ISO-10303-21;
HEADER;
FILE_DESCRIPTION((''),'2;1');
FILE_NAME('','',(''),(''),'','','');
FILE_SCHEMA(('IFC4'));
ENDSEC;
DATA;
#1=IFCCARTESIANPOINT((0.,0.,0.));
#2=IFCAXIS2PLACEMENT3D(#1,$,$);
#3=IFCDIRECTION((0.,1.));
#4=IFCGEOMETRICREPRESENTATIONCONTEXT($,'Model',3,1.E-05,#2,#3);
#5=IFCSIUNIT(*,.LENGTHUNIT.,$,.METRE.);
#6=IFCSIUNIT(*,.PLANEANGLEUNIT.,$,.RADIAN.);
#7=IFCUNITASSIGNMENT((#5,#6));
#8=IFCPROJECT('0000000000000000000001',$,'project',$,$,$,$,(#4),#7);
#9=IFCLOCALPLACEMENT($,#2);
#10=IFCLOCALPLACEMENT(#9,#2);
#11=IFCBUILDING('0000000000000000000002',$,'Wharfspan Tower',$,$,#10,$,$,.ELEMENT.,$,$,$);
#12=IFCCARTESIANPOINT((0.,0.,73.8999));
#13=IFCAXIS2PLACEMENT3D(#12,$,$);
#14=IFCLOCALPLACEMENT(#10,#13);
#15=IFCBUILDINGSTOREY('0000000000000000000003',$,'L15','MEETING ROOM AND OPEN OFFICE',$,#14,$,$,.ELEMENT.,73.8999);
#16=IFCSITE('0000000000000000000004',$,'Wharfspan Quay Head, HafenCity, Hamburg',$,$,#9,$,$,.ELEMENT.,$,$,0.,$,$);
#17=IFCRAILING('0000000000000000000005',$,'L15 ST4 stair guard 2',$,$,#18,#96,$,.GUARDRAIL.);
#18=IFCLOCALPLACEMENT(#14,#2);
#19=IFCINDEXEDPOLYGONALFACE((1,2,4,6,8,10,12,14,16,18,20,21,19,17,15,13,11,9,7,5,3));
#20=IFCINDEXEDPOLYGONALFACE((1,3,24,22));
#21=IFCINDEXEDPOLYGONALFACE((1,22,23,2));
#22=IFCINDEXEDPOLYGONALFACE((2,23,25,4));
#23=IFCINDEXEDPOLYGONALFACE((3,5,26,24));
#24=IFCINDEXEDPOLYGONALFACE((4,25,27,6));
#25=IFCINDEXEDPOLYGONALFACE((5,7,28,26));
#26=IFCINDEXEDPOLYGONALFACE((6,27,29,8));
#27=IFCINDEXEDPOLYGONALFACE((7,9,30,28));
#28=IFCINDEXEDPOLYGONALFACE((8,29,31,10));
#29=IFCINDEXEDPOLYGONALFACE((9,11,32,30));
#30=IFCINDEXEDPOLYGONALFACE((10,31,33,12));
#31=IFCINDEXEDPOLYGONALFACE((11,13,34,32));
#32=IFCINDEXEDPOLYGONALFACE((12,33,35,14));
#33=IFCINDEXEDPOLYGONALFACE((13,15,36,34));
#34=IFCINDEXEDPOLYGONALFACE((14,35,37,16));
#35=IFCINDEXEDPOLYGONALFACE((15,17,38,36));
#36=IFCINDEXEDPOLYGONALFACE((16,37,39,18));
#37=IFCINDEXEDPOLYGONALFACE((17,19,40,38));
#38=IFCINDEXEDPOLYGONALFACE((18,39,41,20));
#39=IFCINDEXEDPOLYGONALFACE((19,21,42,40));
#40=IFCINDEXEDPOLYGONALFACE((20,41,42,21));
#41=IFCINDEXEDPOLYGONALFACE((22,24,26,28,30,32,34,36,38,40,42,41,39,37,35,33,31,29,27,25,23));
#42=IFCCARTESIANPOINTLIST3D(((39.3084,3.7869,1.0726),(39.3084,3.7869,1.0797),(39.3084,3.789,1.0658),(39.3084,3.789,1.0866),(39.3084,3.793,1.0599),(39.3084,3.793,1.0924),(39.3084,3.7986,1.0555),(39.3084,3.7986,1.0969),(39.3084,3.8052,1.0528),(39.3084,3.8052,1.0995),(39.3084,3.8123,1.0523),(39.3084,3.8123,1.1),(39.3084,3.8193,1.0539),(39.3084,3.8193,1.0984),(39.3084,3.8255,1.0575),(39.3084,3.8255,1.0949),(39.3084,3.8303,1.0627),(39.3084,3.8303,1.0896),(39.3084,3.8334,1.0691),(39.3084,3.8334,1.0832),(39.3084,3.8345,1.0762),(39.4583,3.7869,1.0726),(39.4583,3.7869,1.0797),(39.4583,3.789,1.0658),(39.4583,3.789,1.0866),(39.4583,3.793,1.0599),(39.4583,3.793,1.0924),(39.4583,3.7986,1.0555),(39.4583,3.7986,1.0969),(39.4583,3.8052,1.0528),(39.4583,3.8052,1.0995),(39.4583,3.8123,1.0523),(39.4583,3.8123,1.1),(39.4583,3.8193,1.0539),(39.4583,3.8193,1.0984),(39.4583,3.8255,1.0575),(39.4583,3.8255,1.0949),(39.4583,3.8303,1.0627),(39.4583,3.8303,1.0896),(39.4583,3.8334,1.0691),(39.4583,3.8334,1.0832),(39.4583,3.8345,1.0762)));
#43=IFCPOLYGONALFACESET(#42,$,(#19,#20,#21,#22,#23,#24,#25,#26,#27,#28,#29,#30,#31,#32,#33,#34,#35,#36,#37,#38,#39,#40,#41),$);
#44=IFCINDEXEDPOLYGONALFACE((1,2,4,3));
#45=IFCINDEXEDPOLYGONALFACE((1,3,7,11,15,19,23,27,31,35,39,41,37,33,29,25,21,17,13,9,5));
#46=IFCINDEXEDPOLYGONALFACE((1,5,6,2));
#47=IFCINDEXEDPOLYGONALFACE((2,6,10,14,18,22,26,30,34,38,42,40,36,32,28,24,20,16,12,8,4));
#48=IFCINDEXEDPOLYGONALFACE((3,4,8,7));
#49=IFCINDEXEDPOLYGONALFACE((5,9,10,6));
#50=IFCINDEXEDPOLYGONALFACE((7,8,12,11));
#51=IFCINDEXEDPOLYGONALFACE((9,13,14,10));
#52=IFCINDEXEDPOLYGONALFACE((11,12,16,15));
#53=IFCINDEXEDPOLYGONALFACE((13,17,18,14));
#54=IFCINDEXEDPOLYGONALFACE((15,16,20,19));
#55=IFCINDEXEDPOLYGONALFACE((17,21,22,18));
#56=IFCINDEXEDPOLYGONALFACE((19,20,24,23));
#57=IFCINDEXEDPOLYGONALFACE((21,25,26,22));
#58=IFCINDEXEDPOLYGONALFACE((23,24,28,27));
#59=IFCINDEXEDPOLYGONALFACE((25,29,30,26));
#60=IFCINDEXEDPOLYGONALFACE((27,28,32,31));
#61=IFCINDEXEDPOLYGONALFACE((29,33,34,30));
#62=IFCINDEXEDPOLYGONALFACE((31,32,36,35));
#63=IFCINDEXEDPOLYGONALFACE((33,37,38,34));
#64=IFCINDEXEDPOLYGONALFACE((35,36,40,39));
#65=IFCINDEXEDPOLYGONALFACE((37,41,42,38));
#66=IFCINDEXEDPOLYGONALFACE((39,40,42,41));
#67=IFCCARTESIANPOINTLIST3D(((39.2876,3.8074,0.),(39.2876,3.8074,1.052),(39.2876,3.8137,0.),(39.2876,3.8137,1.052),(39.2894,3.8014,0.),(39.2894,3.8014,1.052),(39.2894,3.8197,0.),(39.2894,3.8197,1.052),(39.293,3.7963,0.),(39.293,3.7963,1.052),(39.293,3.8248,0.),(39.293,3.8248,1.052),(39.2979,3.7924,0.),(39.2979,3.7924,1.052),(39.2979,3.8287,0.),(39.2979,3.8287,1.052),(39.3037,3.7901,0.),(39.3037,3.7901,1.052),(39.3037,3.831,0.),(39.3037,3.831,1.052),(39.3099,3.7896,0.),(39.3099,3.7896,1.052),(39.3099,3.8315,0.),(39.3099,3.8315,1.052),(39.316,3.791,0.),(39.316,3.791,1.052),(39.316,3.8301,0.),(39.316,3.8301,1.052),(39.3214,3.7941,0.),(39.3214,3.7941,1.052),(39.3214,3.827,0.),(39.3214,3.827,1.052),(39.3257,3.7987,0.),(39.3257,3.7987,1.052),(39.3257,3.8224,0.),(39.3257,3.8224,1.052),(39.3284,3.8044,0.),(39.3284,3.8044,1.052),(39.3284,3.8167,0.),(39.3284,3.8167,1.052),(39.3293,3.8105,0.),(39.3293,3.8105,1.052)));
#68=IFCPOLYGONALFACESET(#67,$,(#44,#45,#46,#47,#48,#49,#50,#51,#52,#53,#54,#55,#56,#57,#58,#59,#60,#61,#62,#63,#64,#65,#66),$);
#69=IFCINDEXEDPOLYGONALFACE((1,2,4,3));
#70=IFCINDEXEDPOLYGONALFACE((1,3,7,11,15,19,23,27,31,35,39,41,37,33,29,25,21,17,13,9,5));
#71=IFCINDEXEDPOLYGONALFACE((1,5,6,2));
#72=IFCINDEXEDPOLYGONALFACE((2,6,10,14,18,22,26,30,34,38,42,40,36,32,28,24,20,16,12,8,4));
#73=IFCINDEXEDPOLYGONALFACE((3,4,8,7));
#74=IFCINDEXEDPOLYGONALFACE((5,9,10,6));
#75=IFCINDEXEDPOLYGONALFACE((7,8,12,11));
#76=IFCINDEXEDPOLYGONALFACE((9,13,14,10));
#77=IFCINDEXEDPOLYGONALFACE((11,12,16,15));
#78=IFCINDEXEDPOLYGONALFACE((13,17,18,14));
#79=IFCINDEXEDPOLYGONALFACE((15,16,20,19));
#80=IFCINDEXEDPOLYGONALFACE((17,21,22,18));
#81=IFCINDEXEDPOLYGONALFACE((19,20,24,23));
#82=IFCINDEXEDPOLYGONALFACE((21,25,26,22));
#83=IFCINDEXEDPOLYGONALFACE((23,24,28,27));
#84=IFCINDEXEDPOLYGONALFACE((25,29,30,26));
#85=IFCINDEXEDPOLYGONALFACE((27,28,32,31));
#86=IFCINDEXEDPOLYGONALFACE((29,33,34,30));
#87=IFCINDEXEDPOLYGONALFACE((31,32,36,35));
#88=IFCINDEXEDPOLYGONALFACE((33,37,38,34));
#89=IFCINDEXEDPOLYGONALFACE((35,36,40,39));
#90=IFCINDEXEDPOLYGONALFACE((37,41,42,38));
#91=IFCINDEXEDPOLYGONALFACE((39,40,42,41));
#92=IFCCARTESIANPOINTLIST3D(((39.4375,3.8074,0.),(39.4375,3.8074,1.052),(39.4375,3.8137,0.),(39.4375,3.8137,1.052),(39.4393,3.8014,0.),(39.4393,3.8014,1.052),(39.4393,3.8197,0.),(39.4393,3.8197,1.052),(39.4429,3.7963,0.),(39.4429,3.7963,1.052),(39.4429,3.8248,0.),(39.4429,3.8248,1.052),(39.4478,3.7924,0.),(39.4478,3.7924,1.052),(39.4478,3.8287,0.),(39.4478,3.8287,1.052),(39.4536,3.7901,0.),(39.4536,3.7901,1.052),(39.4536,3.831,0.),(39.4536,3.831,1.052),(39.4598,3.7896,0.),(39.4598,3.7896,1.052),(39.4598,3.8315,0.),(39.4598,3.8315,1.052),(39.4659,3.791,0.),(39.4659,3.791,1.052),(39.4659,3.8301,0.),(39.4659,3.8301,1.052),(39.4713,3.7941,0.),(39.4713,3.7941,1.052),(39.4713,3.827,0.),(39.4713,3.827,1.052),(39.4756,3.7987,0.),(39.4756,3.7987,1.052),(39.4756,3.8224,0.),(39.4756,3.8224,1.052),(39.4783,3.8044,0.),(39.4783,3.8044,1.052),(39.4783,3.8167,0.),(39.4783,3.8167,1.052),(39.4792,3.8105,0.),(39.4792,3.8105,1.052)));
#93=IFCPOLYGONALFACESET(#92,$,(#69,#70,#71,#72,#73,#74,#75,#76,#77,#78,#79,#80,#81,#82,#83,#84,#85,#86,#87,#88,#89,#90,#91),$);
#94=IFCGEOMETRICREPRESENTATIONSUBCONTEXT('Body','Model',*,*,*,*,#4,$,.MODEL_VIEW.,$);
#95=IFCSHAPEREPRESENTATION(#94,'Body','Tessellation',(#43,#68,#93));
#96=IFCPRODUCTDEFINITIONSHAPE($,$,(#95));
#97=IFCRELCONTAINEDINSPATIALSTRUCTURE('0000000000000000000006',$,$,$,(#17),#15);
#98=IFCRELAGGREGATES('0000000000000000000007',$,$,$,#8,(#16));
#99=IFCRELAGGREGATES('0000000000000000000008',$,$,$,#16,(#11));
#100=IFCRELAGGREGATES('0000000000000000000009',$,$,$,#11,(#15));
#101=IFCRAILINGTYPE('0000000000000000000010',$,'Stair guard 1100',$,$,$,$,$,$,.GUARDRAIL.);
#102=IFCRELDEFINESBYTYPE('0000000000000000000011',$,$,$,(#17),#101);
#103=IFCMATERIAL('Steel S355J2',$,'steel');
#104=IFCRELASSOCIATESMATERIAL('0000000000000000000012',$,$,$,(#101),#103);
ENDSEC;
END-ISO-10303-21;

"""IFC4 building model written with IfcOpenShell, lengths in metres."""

from ifc_helpers import new_model, si_unit, direction, frame, origin, origin_2d, place, context, subcontext, project, spatial, circle, extrude, material, type_object, element, save


model = new_model("IFC4")

# Units and contexts
model_context = context("Model", 3, precision=1e-05, world=origin(), true_north=direction((0.0, 1.0)))
body_context = subcontext(model_context, "Body", "Model", "MODEL_VIEW")
ifc_project = project(units=[si_unit("LENGTHUNIT", "METRE"), si_unit("PLANEANGLEUNIT", "RADIAN")], contexts=[model_context])

# Site, building, storey
site_placement = place(None, origin())
site = spatial("IfcSite", under=ifc_project, at=site_placement, Name="Wharfspan Quay Head, HafenCity, Hamburg", CompositionType="ELEMENT", RefElevation=0.0)
building_placement = place(site_placement, origin())
building = spatial("IfcBuilding", under=site, at=building_placement, Name="Wharfspan Tower", CompositionType="ELEMENT")
storey_placement = place(building_placement, frame((0.0, 0.0, 73.8999)))
storey = spatial("IfcBuildingStorey", under=building, at=storey_placement, Name="L15", Description="MEETING ROOM AND OPEN OFFICE", CompositionType="ELEMENT", Elevation=73.8999)

# Railing
ifc_material_1 = material(Name="Steel S355J2", Category="steel")
railing_type_1 = type_object("IfcRailingType", Name="Stair guard 1100", PredefinedType="GUARDRAIL", material=ifc_material_1)
railing_1_placement = place(storey_placement, frame((39.3083, 3.8105, 0.0)))
element("IfcRailing", 1, at=railing_1_placement, inside=storey, type_object=railing_type_1, Name="L15 ST4 stair guard 2", PredefinedType="GUARDRAIL", context=body_context, shape_type="SweptSolid", body=[
    extrude(circle(Radius=0.0239, at=origin_2d()), frame((0.0, 0.0, 1.0762), z_axis=(1.0, 0.0, 0.0), x_axis=(0.0, 1.0, 0.0)), (0.0, 0.0, 1.0), 0.1499),
    extrude(circle(Radius=0.021, at=origin_2d()), origin(), (0.0, 0.0, 1.0), 1.052),
    extrude(circle(Radius=0.021, at=origin_2d()), frame((0.1499, 0.0, 0.0)), (0.0, 0.0, 1.0), 1.052),
])

save(model, "model.ifc")
